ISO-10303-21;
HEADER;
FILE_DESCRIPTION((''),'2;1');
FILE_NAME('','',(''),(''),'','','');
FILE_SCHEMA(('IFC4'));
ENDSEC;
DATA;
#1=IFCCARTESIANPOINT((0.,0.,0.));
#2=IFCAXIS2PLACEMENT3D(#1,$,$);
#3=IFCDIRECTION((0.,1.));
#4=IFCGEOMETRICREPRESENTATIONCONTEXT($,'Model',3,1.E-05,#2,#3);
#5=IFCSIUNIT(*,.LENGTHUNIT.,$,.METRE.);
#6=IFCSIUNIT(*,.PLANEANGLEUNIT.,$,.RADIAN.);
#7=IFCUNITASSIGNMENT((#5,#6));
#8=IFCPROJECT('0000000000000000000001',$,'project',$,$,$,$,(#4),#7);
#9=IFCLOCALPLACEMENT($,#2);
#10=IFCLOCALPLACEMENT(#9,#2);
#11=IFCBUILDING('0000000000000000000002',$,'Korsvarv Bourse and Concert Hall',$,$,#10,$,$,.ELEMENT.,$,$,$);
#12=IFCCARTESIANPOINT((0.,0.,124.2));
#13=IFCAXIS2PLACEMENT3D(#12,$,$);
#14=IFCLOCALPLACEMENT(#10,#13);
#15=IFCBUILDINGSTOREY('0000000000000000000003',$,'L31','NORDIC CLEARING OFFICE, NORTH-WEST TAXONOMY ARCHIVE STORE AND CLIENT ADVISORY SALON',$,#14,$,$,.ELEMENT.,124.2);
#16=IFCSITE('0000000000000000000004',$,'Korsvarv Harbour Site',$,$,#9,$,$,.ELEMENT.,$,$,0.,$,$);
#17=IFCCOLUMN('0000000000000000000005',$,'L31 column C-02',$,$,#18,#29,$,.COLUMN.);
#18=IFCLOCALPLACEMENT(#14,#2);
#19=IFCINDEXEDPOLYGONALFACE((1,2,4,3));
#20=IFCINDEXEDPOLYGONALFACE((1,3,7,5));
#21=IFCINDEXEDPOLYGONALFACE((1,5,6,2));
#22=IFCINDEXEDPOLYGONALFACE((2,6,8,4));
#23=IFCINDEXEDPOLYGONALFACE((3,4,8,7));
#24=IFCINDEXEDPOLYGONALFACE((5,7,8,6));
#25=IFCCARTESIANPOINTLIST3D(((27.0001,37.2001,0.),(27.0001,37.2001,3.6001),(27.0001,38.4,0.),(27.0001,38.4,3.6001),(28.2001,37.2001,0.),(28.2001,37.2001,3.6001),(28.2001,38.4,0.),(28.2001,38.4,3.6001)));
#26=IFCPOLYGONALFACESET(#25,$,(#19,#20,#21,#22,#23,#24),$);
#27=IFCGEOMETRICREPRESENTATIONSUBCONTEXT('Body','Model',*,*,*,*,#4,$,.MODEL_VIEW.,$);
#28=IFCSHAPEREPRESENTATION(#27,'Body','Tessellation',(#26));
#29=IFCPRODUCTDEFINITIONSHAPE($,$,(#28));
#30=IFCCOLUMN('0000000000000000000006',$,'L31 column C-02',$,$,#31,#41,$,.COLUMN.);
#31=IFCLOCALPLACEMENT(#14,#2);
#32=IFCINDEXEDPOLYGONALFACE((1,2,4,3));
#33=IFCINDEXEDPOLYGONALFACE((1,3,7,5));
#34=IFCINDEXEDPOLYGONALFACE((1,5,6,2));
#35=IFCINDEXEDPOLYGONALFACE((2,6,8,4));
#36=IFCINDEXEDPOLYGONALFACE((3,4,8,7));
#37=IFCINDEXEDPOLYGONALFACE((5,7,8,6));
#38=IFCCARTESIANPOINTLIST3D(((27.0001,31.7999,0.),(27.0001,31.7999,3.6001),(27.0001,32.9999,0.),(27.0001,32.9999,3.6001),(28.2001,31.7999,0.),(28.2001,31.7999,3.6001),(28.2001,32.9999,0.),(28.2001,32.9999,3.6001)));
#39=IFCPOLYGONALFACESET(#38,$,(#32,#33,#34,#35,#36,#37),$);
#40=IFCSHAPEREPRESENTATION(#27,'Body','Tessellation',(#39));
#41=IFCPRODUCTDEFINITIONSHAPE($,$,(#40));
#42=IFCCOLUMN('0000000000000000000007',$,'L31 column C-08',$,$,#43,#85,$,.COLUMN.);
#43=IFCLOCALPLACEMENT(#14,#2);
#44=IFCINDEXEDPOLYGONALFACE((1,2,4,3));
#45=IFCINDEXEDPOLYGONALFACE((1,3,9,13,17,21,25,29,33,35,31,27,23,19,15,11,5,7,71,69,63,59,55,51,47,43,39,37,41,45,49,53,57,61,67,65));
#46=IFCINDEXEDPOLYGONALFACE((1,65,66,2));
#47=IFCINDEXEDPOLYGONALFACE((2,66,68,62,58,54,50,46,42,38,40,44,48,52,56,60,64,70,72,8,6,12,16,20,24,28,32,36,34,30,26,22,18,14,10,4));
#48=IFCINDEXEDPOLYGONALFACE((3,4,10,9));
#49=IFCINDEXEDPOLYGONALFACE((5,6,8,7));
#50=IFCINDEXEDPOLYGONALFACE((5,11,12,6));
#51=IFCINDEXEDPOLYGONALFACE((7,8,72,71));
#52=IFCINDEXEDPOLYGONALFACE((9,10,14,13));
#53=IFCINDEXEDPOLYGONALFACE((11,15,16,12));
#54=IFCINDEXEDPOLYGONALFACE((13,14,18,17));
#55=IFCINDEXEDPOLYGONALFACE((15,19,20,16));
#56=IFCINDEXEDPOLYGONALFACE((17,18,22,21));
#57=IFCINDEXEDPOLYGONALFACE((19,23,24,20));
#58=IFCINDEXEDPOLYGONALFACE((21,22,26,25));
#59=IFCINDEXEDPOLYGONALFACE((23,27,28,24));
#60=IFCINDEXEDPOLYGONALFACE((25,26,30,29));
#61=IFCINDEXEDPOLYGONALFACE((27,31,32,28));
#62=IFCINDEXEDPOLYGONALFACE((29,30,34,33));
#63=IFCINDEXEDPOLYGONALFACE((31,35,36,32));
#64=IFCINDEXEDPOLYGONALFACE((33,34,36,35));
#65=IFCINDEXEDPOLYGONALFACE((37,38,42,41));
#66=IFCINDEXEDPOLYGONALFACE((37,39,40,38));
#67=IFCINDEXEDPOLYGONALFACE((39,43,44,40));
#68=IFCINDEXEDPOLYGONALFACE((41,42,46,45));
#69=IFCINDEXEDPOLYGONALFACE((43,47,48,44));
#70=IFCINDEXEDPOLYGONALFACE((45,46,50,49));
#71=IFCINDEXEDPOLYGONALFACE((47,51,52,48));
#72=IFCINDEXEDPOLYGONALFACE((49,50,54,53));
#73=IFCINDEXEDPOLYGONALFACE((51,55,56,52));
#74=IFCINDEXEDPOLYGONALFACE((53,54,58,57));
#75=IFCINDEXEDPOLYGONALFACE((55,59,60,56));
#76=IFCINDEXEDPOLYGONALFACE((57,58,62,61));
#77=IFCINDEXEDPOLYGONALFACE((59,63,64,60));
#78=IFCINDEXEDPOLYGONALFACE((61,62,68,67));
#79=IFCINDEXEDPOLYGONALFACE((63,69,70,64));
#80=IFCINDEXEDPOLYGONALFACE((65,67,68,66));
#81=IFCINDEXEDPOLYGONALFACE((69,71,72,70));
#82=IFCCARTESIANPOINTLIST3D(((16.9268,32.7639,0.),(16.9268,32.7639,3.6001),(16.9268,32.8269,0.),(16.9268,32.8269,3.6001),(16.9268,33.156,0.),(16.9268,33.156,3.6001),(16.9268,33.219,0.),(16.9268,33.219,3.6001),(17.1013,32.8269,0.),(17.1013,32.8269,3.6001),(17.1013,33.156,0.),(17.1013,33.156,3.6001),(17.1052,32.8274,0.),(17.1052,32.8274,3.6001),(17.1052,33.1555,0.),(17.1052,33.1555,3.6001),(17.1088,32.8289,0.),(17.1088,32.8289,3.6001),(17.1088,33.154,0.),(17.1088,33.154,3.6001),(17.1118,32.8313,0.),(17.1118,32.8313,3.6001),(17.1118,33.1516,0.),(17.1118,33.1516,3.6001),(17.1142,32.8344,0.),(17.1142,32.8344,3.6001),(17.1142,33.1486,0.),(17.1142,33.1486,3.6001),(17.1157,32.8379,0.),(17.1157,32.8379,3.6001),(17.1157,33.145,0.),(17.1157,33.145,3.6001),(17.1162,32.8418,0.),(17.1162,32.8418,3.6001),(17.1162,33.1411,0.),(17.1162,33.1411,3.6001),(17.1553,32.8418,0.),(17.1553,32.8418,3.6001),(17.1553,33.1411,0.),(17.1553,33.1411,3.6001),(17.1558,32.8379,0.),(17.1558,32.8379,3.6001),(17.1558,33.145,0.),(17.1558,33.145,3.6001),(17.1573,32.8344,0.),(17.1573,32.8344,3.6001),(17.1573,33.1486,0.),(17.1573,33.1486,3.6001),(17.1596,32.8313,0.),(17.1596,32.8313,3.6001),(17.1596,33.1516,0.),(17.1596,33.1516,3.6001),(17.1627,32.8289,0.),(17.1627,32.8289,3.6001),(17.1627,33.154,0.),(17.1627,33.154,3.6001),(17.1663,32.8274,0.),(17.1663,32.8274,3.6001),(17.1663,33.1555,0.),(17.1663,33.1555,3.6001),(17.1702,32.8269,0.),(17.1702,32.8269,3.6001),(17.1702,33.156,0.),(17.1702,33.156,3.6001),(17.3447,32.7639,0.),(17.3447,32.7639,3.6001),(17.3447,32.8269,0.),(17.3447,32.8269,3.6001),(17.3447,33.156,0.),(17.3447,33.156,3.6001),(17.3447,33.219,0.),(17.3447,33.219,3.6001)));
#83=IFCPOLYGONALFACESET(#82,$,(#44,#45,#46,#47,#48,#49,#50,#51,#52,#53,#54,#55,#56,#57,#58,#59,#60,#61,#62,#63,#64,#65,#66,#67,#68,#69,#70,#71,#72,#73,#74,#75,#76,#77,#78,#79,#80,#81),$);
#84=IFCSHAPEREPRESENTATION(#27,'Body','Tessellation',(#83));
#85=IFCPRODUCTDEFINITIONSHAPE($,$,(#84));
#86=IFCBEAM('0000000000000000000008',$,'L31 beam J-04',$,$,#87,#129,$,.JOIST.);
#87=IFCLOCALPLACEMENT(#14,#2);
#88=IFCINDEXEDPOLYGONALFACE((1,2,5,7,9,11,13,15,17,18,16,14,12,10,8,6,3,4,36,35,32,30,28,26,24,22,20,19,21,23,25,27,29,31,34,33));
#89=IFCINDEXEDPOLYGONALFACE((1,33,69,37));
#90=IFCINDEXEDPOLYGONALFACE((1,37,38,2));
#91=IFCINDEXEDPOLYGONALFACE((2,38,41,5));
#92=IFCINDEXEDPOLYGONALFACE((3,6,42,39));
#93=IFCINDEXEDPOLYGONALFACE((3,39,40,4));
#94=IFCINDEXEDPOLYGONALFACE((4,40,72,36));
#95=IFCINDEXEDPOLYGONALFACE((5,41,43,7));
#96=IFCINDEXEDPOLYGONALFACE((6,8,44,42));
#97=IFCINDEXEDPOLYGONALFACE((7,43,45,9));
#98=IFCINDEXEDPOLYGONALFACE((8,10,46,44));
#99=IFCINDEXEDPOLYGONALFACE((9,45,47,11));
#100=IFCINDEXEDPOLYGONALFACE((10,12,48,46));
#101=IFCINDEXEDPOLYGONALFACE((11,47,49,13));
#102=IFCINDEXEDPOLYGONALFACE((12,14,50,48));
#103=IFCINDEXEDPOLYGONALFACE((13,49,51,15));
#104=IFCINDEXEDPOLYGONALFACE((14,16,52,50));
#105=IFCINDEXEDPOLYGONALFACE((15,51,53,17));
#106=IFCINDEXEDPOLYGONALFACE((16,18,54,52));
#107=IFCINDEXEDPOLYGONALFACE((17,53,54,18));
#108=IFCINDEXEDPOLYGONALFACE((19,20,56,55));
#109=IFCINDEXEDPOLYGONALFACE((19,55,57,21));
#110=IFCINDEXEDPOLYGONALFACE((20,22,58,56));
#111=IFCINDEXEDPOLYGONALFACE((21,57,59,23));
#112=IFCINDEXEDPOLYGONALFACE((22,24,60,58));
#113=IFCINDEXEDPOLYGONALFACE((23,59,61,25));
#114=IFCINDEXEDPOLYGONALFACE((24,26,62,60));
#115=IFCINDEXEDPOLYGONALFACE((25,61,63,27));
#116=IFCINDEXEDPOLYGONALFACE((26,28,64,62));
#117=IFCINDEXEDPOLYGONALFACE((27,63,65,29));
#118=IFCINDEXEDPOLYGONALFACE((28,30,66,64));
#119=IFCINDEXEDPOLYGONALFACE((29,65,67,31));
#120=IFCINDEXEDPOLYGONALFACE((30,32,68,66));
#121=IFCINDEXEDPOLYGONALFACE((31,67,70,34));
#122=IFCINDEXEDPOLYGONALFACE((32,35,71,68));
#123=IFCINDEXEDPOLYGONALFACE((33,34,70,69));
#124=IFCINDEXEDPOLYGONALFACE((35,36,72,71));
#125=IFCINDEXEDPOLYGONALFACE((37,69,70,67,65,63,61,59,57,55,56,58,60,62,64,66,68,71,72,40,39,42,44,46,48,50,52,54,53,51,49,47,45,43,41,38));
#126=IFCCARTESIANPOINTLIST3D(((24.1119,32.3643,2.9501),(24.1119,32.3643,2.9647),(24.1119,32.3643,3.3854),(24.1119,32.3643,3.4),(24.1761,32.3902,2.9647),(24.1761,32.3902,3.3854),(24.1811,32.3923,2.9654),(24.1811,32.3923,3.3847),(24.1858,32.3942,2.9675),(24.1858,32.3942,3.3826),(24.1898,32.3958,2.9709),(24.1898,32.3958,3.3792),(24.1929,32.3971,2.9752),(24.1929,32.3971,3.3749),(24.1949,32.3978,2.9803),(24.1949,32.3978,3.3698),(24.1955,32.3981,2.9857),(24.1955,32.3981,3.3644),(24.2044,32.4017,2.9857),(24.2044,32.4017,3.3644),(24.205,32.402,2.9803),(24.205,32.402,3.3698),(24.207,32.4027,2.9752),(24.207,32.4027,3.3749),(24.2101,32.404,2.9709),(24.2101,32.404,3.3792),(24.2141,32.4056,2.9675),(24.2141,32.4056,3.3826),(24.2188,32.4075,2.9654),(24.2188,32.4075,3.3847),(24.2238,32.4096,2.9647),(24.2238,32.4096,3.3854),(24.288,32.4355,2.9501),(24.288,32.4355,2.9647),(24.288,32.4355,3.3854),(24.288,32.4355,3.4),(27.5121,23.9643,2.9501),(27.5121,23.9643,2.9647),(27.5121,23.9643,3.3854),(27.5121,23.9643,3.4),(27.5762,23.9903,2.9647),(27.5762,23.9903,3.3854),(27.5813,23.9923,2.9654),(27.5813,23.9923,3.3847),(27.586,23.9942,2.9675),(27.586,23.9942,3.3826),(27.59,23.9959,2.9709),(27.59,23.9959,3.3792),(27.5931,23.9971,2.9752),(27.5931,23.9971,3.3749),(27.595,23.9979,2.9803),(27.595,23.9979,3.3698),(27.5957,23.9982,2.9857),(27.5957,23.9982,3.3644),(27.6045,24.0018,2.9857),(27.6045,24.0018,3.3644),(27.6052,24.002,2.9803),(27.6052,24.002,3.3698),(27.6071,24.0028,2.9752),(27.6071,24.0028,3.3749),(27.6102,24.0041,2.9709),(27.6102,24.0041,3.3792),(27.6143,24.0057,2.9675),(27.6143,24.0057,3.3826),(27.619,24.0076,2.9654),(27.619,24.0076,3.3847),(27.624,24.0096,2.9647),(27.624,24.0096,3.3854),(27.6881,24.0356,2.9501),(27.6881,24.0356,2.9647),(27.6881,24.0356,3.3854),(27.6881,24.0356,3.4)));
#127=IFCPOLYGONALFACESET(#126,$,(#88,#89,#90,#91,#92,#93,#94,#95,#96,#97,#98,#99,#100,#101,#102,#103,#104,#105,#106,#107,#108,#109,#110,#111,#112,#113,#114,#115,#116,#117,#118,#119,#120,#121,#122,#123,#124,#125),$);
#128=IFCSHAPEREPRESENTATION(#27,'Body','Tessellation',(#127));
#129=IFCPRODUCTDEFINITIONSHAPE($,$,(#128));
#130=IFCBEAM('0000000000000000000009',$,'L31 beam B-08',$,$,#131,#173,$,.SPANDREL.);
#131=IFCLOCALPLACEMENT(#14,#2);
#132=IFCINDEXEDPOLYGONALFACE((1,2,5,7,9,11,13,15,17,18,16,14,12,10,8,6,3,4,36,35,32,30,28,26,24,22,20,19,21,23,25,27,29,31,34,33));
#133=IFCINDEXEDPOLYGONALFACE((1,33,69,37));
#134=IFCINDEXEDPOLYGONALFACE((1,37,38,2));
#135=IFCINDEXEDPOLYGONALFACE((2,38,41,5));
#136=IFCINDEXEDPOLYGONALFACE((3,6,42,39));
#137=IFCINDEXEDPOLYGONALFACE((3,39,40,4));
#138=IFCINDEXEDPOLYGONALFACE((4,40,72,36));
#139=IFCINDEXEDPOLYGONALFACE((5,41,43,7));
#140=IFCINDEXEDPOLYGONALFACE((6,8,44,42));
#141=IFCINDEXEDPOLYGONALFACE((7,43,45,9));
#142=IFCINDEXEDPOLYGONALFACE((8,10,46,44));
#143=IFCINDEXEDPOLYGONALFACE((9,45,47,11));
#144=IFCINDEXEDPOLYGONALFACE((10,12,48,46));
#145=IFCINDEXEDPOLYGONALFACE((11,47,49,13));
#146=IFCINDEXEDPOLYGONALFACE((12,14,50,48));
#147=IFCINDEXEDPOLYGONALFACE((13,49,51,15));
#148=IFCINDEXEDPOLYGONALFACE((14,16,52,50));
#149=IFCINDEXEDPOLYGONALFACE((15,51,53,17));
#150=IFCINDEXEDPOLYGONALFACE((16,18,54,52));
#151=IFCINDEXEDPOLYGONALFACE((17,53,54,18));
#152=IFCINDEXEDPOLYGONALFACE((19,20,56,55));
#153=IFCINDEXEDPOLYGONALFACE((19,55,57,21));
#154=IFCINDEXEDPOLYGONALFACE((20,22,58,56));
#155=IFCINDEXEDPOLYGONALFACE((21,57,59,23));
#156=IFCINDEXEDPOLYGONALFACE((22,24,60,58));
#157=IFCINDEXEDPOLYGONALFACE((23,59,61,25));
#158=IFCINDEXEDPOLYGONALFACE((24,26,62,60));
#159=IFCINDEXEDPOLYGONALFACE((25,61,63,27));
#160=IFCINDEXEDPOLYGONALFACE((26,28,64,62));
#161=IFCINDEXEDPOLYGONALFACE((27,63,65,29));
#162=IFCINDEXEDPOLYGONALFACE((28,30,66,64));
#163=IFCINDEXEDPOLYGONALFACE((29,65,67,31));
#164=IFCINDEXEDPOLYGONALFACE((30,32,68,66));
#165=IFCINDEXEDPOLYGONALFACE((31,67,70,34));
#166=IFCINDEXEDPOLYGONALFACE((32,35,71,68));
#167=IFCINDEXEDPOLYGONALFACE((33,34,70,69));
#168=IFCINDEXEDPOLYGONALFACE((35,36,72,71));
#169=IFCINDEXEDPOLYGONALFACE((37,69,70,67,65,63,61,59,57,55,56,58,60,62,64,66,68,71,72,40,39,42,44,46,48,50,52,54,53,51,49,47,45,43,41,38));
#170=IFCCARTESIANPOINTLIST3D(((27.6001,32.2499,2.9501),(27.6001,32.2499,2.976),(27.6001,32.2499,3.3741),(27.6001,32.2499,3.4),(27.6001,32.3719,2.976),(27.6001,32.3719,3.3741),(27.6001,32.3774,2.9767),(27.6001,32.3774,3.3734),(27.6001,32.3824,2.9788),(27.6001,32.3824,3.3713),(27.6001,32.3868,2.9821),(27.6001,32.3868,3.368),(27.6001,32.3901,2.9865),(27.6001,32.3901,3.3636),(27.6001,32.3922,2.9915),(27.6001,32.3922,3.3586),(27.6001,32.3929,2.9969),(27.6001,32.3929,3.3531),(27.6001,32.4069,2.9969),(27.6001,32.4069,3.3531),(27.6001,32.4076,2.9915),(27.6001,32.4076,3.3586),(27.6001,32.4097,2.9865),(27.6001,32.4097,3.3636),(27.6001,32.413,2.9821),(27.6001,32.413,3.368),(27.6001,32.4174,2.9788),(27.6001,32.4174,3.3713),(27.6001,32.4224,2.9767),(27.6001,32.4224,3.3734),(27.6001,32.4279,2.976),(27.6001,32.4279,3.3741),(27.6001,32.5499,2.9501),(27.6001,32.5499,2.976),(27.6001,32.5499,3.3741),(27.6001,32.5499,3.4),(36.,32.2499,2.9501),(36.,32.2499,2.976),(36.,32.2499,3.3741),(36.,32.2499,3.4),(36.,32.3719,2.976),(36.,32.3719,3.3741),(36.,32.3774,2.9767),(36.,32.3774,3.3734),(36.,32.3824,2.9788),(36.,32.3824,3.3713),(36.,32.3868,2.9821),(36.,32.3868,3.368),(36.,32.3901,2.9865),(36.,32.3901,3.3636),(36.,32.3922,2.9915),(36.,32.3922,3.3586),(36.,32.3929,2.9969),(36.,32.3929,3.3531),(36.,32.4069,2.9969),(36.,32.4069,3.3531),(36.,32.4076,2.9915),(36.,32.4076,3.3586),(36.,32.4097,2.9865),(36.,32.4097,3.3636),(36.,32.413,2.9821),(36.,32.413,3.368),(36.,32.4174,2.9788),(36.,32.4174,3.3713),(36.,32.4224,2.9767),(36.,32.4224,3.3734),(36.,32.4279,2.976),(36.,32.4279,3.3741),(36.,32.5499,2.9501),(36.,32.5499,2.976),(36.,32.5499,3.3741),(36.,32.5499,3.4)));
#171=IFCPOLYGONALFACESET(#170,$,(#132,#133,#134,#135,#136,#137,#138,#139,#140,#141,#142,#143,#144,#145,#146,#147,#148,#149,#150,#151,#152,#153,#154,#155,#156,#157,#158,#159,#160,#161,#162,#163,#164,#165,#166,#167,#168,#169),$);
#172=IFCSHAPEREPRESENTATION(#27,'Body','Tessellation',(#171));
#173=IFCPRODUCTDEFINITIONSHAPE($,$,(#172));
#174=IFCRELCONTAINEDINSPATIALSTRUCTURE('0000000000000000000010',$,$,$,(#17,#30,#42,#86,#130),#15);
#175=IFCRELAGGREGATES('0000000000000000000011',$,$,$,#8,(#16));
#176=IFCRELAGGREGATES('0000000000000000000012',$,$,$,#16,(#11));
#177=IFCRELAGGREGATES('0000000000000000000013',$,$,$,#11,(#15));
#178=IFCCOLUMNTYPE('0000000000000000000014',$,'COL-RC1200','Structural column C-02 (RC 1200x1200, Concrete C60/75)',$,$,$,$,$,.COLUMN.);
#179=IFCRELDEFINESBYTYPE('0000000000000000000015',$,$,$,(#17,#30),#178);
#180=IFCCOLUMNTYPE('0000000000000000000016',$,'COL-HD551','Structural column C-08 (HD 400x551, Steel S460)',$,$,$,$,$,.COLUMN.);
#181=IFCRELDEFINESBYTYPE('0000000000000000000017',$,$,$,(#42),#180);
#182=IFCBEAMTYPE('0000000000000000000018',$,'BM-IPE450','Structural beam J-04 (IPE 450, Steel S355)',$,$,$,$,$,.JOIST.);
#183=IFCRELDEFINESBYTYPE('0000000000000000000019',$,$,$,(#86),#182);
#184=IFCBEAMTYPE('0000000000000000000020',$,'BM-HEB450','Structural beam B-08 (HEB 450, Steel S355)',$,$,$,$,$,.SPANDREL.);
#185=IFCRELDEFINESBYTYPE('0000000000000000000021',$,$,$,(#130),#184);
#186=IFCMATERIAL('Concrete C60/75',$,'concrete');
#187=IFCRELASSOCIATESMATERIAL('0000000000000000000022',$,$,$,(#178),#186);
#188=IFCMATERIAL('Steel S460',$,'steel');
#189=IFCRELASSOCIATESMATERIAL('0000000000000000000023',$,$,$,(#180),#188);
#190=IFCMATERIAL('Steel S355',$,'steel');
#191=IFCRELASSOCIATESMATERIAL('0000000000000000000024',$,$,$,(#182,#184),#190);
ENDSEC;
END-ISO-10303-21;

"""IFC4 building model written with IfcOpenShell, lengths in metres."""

from ifc_helpers import new_model, si_unit, direction, frame, origin, origin_2d, place, context, subcontext, project, spatial, rectangle, i_section, extrude, source, transform, mapped, material, material_profile, profile_set, type_object, element, save


model = new_model("IFC4")

# Units and contexts
model_context = context("Model", 3, precision=1e-05, world=origin(), true_north=direction((0.0, 1.0)))
body_context = subcontext(model_context, "Body", "Model", "MODEL_VIEW")
ifc_project = project(units=[si_unit("LENGTHUNIT", "METRE"), si_unit("PLANEANGLEUNIT", "RADIAN")], contexts=[model_context])

# Site, building, storey
site_placement = place(None, origin())
site = spatial("IfcSite", under=ifc_project, at=site_placement, Name="Korsvarv Harbour Site", CompositionType="ELEMENT", RefElevation=0.0)
building_placement = place(site_placement, origin())
building = spatial("IfcBuilding", under=site, at=building_placement, Name="Korsvarv Bourse and Concert Hall", CompositionType="ELEMENT")
storey_placement = place(building_placement, frame((0.0, 0.0, 124.2)))
storey = spatial("IfcBuildingStorey", under=building, at=storey_placement, Name="L31", Description="NORDIC CLEARING OFFICE, NORTH-WEST TAXONOMY ARCHIVE STORE AND CLIENT ADVISORY SALON", CompositionType="ELEMENT", Elevation=124.2)

# Columns
ifc_material_1 = material(Name="Concrete C60/75", Category="concrete")
ifc_material_profile_1 = material_profile(ifc_material_1, rectangle(XDim=1.2, YDim=1.2, at=origin_2d()), Name="RC 1200x1200")
ifc_profile_set_1 = profile_set([ifc_material_profile_1], Name="Concrete C60/75")
column_type_1 = type_object("IfcColumnType", Name="COL-RC1200", Description="Structural column C-02 (RC 1200x1200, Concrete C60/75)", PredefinedType="COLUMN", material=ifc_profile_set_1)
shared_shape_1 = source(origin(), body_context, "Body", "SweptSolid", [
    extrude(rectangle(XDim=1.2, YDim=1.2, at=origin_2d()), origin(), (0.0, 0.0, 1.0), 3.6001),
])
for number, where, z_axis, x_axis, name in (
    (1, (27.6001, 37.8, 0.0), (0.0, 0.0, 1.0), (1.0, 0.0, 0.0), "L31 column C-02"),
    (2, (27.6001, 32.3999, 0.0), (0.0, 0.0, 1.0), (1.0, 0.0, 0.0), "L31 column C-02"),
):
    element("IfcColumn", number, at=place(storey_placement, frame(where, z_axis=z_axis, x_axis=x_axis)), inside=storey, type_object=column_type_1, Name=name, PredefinedType="COLUMN", context=body_context, shape_type="MappedRepresentation", body=[
        mapped(shared_shape_1, transform((0.0, 0.0, 0.0), scale=1.0)),
    ])
ifc_material_2 = material(Name="Steel S460", Category="steel")
ifc_material_profile_2 = material_profile(ifc_material_2, i_section(OverallWidth=0.418, OverallDepth=0.4551, WebThickness=0.0391, FlangeThickness=0.063, FilletRadius=0.0149, at=origin_2d()), Name="HD 400x551")
ifc_profile_set_2 = profile_set([ifc_material_profile_2], Name="Steel S460")
column_type_2 = type_object("IfcColumnType", Name="COL-HD551", Description="Structural column C-08 (HD 400x551, Steel S460)", PredefinedType="COLUMN", material=ifc_profile_set_2)
shared_shape_2 = source(origin(), body_context, "Body", "SweptSolid", [
    extrude(i_section(OverallWidth=0.418, OverallDepth=0.4551, WebThickness=0.0391, FlangeThickness=0.063, FilletRadius=0.0149, at=origin_2d()), origin(), (0.0, 0.0, 1.0), 3.6001),
])
column_placement = place(storey_placement, frame((17.1357, 32.9915, 0.0), z_axis=(0.0, 0.0, 1.0), x_axis=(1.0, 0.0, 0.0)))
element("IfcColumn", 3, at=column_placement, inside=storey, type_object=column_type_2, Name="L31 column C-08", PredefinedType="COLUMN", context=body_context, shape_type="MappedRepresentation", body=[
    mapped(shared_shape_2, transform((0.0, 0.0, 0.0), scale=1.0)),
])

# Beams
ifc_material_3 = material(Name="Steel S355", Category="steel")
ifc_material_profile_3 = material_profile(ifc_material_3, i_section(OverallWidth=0.1899, OverallDepth=0.45, WebThickness=0.0095, FlangeThickness=0.0146, FilletRadius=0.021, at=origin_2d()), Name="IPE 450")
ifc_profile_set_3 = profile_set([ifc_material_profile_3], Name="Steel S355")
beam_type_1 = type_object("IfcBeamType", Name="BM-IPE450", Description="Structural beam J-04 (IPE 450, Steel S355)", PredefinedType="JOIST", material=ifc_profile_set_3)
shared_shape_3 = source(origin(), body_context, "Body", "SweptSolid", [
    extrude(i_section(OverallWidth=0.1899, OverallDepth=0.45, WebThickness=0.0095, FlangeThickness=0.0146, FilletRadius=0.021, at=origin_2d()), origin(), (0.0, 0.0, 1.0), 9.062),
])
beam_1_placement = place(storey_placement, frame((24.2, 32.3999, 3.175), z_axis=(0.37521, -0.92694, 0.0), x_axis=(0.92694, 0.37521, 0.0)))
element("IfcBeam", 4, at=beam_1_placement, inside=storey, type_object=beam_type_1, Name="L31 beam J-04", PredefinedType="JOIST", context=body_context, shape_type="MappedRepresentation", body=[
    mapped(shared_shape_3, transform((0.0, 0.0, 0.0), scale=1.0)),
])
ifc_material_profile_4 = material_profile(ifc_material_3, i_section(OverallWidth=0.3, OverallDepth=0.45, WebThickness=0.0139, FlangeThickness=0.0259, FilletRadius=0.021, at=origin_2d()), Name="HEB 450")
ifc_profile_set_4 = profile_set([ifc_material_profile_4], Name="Steel S355")
beam_type_2 = type_object("IfcBeamType", Name="BM-HEB450", Description="Structural beam B-08 (HEB 450, Steel S355)", PredefinedType="SPANDREL", material=ifc_profile_set_4)
shared_shape_4 = source(origin(), body_context, "Body", "SweptSolid", [
    extrude(i_section(OverallWidth=0.3, OverallDepth=0.45, WebThickness=0.0139, FlangeThickness=0.0259, FilletRadius=0.021, at=origin_2d()), origin(), (0.0, 0.0, 1.0), 8.3999),
])
beam_2_placement = place(storey_placement, frame((27.6001, 32.3999, 3.175), z_axis=(1.0, 0.0, 0.0), x_axis=(0.0, 1.0, 0.0)))
element("IfcBeam", 5, at=beam_2_placement, inside=storey, type_object=beam_type_2, Name="L31 beam B-08", PredefinedType="SPANDREL", context=body_context, shape_type="MappedRepresentation", body=[
    mapped(shared_shape_4, transform((0.0, 0.0, 0.0), scale=1.0)),
])

save(model, "model.ifc")
